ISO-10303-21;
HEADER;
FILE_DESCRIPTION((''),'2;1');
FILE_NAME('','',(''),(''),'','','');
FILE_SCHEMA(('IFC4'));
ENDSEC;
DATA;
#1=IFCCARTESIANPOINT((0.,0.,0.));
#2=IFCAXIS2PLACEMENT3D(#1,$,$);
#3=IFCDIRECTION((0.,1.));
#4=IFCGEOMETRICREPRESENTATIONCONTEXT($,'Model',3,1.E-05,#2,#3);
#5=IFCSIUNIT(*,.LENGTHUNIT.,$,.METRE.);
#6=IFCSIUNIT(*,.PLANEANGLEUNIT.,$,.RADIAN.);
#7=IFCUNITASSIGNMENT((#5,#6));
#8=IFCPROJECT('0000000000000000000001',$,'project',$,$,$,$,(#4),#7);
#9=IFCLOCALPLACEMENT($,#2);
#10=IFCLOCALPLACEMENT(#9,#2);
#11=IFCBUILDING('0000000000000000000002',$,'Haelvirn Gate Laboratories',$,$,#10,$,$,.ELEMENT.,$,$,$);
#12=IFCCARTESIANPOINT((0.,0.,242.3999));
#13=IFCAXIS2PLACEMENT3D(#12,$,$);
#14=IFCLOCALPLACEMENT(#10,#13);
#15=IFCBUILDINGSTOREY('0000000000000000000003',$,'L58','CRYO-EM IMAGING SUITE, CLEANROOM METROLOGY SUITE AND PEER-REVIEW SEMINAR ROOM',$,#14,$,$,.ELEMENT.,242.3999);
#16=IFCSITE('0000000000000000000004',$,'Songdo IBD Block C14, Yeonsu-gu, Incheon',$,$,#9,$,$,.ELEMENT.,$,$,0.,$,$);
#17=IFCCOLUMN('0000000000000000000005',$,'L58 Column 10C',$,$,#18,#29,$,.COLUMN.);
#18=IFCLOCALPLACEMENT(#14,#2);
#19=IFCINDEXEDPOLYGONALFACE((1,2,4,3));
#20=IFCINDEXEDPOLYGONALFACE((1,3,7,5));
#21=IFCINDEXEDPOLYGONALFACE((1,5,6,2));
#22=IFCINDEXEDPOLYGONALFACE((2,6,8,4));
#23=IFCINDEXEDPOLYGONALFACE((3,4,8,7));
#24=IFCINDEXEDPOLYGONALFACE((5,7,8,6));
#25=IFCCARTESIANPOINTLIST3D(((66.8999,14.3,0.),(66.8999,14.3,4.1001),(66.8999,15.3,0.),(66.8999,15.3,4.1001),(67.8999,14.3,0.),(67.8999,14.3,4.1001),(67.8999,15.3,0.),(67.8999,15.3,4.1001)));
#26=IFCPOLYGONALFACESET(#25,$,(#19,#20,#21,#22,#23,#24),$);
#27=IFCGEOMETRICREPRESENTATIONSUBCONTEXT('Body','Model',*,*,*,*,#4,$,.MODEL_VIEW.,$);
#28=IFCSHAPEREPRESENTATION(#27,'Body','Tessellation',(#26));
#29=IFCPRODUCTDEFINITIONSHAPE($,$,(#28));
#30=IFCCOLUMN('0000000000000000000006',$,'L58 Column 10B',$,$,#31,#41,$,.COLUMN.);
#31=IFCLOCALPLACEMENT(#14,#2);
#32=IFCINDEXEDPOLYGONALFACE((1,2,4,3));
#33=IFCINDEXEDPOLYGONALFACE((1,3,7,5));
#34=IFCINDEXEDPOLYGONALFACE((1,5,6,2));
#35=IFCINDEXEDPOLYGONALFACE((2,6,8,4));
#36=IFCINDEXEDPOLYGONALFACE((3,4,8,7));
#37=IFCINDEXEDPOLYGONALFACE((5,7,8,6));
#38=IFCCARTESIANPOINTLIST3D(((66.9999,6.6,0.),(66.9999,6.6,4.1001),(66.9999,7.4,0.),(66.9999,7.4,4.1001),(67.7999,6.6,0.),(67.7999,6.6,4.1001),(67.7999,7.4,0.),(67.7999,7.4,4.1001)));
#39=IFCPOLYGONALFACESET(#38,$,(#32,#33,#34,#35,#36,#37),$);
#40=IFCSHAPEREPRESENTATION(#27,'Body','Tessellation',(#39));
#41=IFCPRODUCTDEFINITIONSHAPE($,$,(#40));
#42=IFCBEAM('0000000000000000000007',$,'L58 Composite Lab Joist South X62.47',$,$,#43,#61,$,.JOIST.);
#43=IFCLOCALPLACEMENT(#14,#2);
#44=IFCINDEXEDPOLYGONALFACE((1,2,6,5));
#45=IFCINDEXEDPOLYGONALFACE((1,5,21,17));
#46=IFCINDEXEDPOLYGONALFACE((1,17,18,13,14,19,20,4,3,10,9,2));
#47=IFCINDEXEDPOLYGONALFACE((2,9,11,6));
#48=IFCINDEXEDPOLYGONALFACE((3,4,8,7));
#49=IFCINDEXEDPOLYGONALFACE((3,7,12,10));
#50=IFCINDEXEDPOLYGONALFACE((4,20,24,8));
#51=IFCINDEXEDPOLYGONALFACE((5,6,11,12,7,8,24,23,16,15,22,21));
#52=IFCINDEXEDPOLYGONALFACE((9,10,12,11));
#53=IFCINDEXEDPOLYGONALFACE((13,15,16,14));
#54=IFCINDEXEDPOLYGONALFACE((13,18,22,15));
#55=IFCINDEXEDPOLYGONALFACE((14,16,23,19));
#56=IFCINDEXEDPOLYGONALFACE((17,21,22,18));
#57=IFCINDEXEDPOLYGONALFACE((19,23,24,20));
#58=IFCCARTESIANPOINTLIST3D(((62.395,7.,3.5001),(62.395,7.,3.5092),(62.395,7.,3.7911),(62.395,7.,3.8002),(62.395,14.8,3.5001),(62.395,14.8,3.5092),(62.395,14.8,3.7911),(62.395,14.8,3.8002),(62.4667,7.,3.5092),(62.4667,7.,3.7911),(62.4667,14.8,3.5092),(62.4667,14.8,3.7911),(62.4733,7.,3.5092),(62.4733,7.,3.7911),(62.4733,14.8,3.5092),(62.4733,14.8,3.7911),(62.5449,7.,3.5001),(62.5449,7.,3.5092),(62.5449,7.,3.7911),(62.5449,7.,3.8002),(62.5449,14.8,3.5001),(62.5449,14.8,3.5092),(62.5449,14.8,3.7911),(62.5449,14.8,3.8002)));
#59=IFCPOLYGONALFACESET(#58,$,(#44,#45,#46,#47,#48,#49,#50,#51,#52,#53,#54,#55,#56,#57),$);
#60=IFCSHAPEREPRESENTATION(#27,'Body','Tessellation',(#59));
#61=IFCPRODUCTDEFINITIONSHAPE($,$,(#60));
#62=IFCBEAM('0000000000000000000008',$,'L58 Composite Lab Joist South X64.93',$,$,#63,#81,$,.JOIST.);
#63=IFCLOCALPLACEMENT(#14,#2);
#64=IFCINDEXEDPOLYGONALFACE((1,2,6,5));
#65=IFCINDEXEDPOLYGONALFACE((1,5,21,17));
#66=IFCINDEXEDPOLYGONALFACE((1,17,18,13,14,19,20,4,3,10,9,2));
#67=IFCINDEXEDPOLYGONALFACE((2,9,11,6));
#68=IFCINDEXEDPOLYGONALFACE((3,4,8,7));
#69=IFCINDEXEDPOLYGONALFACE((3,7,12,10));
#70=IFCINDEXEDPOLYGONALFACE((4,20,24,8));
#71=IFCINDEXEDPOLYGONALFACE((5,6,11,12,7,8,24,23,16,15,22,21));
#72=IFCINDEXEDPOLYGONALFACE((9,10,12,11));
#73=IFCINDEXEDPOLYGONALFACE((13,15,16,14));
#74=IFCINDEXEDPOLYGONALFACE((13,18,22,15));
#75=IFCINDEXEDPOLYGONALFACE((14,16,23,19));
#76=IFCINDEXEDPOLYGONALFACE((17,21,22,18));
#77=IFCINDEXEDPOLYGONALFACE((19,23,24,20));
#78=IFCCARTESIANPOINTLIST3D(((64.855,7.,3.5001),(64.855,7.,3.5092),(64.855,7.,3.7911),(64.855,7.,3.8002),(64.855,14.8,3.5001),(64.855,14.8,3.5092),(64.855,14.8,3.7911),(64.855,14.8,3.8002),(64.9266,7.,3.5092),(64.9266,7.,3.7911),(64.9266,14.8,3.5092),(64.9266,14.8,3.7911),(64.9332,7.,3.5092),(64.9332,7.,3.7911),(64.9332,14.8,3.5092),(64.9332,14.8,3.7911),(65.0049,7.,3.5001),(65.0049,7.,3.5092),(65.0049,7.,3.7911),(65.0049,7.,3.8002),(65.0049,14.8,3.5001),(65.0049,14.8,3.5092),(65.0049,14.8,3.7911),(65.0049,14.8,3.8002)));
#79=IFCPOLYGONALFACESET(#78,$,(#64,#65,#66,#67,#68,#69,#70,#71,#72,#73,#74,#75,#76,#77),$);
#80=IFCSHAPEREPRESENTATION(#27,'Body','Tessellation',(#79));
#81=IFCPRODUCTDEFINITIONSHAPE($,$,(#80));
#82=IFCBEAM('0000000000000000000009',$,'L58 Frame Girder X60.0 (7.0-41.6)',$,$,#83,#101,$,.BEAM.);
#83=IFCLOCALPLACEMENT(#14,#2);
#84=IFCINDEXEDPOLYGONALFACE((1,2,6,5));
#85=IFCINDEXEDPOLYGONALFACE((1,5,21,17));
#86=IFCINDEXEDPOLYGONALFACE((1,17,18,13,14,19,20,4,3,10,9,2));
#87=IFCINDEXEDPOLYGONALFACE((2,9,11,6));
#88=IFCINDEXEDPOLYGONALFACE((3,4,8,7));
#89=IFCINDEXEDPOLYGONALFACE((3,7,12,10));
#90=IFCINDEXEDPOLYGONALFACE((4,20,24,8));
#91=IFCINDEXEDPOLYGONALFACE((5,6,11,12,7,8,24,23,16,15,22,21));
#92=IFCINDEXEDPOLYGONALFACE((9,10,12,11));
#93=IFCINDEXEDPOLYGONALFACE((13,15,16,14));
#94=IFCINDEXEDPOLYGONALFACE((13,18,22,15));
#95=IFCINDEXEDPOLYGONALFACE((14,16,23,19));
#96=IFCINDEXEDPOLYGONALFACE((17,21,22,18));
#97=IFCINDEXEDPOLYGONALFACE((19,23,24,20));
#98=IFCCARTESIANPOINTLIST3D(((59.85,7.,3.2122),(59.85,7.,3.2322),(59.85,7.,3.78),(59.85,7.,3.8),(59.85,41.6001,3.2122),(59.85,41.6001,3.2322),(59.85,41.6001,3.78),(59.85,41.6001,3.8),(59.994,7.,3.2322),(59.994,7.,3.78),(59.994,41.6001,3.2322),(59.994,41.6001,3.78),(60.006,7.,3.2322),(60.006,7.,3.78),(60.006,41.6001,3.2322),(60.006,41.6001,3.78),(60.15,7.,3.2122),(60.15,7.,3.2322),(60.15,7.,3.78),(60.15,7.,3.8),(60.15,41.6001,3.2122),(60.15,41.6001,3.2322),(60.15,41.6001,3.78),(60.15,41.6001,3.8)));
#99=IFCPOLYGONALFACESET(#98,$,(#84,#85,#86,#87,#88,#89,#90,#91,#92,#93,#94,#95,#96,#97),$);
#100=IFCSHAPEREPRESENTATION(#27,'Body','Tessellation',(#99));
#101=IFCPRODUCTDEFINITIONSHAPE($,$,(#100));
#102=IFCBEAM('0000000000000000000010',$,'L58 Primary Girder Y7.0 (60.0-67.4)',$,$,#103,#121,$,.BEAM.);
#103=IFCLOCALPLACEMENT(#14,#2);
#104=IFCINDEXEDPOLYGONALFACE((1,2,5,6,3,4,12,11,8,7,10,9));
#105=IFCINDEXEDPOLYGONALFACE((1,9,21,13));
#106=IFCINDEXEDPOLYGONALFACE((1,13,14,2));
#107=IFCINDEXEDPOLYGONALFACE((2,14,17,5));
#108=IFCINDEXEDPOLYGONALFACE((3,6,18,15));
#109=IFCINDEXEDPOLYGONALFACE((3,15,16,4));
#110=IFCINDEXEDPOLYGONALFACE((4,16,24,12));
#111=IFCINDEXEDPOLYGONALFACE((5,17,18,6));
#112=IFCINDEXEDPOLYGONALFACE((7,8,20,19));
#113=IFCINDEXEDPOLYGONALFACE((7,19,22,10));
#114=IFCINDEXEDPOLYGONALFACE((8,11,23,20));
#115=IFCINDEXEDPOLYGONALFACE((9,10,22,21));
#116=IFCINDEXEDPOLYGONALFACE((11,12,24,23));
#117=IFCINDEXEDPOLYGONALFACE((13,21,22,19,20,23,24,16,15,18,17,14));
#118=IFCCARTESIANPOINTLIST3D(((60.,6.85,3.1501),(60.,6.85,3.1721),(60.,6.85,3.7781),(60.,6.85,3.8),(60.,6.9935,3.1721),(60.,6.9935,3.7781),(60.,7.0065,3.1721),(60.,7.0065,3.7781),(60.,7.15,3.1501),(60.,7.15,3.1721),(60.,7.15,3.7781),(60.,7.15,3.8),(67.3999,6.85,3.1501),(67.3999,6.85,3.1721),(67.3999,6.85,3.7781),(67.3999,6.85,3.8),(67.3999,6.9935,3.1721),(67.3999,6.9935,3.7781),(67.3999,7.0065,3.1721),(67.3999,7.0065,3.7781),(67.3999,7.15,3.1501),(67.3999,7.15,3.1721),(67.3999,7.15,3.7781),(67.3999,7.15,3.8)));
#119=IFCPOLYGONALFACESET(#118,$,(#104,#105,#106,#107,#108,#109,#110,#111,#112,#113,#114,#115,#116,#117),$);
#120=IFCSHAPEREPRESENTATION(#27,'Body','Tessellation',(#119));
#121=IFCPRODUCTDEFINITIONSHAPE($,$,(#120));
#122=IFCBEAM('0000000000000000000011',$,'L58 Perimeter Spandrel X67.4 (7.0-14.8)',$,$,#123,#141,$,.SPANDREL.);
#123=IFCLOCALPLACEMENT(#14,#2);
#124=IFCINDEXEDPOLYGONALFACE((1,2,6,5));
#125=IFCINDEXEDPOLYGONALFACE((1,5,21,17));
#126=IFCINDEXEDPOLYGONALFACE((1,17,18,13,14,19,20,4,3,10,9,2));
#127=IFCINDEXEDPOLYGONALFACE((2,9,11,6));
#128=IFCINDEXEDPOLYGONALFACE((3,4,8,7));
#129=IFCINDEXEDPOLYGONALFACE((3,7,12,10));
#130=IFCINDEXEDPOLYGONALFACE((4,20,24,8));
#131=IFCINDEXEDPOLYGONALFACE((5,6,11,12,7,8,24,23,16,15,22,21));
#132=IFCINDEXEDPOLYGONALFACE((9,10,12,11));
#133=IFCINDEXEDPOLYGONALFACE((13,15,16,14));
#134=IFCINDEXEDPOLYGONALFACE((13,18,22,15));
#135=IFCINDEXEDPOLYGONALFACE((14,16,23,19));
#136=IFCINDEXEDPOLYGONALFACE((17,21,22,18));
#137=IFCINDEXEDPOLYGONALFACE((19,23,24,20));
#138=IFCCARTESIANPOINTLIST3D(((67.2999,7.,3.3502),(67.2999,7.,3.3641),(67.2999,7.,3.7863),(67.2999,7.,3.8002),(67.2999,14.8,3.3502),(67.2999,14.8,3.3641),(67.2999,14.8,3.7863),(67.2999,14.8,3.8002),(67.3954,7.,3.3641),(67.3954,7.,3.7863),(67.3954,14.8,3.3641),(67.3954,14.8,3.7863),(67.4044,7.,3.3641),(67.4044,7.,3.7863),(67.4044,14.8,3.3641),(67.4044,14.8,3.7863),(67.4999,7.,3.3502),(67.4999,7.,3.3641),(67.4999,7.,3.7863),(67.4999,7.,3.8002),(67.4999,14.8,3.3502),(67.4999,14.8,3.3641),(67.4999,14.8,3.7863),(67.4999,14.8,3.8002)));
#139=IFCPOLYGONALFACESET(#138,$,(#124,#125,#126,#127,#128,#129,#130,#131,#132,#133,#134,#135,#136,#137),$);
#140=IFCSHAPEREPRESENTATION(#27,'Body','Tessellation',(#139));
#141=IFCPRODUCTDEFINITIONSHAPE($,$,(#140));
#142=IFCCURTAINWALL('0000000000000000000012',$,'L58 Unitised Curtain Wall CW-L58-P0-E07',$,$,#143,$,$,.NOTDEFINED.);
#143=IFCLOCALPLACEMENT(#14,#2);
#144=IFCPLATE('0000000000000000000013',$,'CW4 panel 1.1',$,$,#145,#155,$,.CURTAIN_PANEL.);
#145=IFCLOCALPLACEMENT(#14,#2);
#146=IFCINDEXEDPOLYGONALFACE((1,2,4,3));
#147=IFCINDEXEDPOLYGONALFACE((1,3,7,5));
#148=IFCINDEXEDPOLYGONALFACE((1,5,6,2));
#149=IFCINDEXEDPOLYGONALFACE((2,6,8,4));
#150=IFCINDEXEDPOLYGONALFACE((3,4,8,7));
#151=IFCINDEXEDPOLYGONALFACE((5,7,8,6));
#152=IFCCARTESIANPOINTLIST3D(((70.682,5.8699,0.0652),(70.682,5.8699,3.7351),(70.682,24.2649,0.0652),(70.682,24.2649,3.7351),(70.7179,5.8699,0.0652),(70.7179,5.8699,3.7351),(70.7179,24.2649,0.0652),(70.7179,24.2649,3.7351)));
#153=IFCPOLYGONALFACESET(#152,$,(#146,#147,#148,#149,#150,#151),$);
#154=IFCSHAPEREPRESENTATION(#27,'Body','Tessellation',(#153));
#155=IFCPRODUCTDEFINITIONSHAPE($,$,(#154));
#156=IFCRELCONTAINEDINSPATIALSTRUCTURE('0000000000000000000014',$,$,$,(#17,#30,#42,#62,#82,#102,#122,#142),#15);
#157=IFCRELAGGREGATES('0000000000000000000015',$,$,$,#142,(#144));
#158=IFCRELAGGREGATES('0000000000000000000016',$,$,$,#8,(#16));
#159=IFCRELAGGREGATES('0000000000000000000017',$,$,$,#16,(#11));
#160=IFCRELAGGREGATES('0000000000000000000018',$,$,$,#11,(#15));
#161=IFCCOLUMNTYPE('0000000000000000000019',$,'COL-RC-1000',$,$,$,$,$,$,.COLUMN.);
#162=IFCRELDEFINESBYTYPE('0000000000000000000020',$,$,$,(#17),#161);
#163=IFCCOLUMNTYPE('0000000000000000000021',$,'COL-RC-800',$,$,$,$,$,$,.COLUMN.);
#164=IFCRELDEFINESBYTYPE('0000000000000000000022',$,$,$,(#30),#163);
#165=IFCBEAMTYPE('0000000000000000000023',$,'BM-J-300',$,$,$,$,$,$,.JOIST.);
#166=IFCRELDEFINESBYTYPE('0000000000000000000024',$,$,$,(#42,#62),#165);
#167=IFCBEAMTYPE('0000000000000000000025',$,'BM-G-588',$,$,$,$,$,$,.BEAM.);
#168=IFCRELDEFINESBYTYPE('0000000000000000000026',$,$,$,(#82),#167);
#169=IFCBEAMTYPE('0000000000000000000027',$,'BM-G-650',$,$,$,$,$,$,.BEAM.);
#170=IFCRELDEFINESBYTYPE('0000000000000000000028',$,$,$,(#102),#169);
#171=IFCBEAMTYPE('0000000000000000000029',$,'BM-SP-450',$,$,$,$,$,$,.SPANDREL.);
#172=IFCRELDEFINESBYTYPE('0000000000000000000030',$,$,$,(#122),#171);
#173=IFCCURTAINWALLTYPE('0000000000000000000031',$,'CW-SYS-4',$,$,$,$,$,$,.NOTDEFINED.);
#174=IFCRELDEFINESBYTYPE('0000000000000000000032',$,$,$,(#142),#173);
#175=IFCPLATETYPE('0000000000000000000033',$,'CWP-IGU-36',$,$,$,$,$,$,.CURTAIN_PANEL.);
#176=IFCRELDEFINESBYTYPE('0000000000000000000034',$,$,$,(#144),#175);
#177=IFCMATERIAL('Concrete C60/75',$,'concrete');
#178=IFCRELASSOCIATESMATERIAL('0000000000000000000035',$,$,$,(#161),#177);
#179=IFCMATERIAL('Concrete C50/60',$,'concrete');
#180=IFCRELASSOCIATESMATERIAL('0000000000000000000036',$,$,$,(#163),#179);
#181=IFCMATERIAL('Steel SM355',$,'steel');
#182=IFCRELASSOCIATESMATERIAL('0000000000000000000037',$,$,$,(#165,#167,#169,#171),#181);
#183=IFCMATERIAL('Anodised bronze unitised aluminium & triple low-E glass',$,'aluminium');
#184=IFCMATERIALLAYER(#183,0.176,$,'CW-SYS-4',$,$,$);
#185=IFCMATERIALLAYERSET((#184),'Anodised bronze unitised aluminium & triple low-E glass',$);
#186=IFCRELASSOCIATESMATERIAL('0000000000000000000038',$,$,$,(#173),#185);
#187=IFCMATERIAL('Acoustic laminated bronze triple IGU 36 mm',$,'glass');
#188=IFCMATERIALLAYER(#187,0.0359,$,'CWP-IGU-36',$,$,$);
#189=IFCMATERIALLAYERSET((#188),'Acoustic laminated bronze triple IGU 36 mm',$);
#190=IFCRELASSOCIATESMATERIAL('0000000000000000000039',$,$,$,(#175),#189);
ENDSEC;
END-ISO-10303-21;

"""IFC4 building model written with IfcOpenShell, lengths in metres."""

from ifc_helpers import new_model, si_unit, direction, frame, origin, origin_2d, place, context, subcontext, project, spatial, rectangle, i_section, extrude, source, transform, mapped, material, layer, layer_set, material_profile, profile_set, type_object, type_shapes, element, aggregate, save


model = new_model("IFC4")

# Units and contexts
model_context = context("Model", 3, precision=1e-05, world=origin(), true_north=direction((0.0, 1.0)))
body_context = subcontext(model_context, "Body", "Model", "MODEL_VIEW")
ifc_project = project(units=[si_unit("LENGTHUNIT", "METRE"), si_unit("PLANEANGLEUNIT", "RADIAN")], contexts=[model_context])

# Site, building, storey
site_placement = place(None, origin())
site = spatial("IfcSite", under=ifc_project, at=site_placement, Name="Songdo IBD Block C14, Yeonsu-gu, Incheon", CompositionType="ELEMENT", RefElevation=0.0)
building_placement = place(site_placement, origin())
building = spatial("IfcBuilding", under=site, at=building_placement, Name="Haelvirn Gate Laboratories", CompositionType="ELEMENT")
storey_placement = place(building_placement, frame((0.0, 0.0, 242.3999)))
storey = spatial("IfcBuildingStorey", under=building, at=storey_placement, Name="L58", Description="CRYO-EM IMAGING SUITE, CLEANROOM METROLOGY SUITE AND PEER-REVIEW SEMINAR ROOM", CompositionType="ELEMENT", Elevation=242.3999)

# Columns
ifc_material_1 = material(Name="Concrete C60/75", Category="concrete")
ifc_material_profile_1 = material_profile(ifc_material_1, rectangle(XDim=1.0, YDim=1.0, at=origin_2d()), Name="RC-1000x1000")
ifc_profile_set_1 = profile_set([ifc_material_profile_1], Name="Concrete C60/75")
column_type_1 = type_object("IfcColumnType", Name="COL-RC-1000", PredefinedType="COLUMN", material=ifc_profile_set_1)
shared_shape_1 = source(origin(), body_context, "Body", "SweptSolid", [
    extrude(rectangle(XDim=1.0, YDim=1.0, at=origin_2d()), origin(), (0.0, 0.0, 1.0), 4.1001),
])
type_shapes(column_type_1, [shared_shape_1])
column_1_placement = place(storey_placement, frame((67.3999, 14.8, 0.0), z_axis=(0.0, 0.0, 1.0), x_axis=(1.0, 0.0, 0.0)))
element("IfcColumn", 1, at=column_1_placement, inside=storey, type_object=column_type_1, Name="L58 Column 10C", PredefinedType="COLUMN", context=body_context, shape_type="MappedRepresentation", body=[
    mapped(shared_shape_1, transform((0.0, 0.0, 0.0), scale=1.0)),
])
ifc_material_2 = material(Name="Concrete C50/60", Category="concrete")
ifc_material_profile_2 = material_profile(ifc_material_2, rectangle(XDim=0.8, YDim=0.8, at=origin_2d()), Name="RC-800x800")
ifc_profile_set_2 = profile_set([ifc_material_profile_2], Name="Concrete C50/60")
column_type_2 = type_object("IfcColumnType", Name="COL-RC-800", PredefinedType="COLUMN", material=ifc_profile_set_2)
shared_shape_2 = source(origin(), body_context, "Body", "SweptSolid", [
    extrude(rectangle(XDim=0.8, YDim=0.8, at=origin_2d()), origin(), (0.0, 0.0, 1.0), 4.1001),
])
type_shapes(column_type_2, [shared_shape_2])
column_2_placement = place(storey_placement, frame((67.3999, 7.0, 0.0), z_axis=(0.0, 0.0, 1.0), x_axis=(1.0, 0.0, 0.0)))
element("IfcColumn", 2, at=column_2_placement, inside=storey, type_object=column_type_2, Name="L58 Column 10B", PredefinedType="COLUMN", context=body_context, shape_type="MappedRepresentation", body=[
    mapped(shared_shape_2, transform((0.0, 0.0, 0.0), scale=1.0)),
])

# Beams
ifc_material_3 = material(Name="Steel SM355", Category="steel")
ifc_material_profile_3 = material_profile(ifc_material_3, i_section(OverallWidth=0.1499, OverallDepth=0.3, WebThickness=0.0066, FlangeThickness=0.009, at=origin_2d()), Name="H-300x150x6.5x9")
ifc_profile_set_3 = profile_set([ifc_material_profile_3], Name="Steel SM355")
beam_type_1 = type_object("IfcBeamType", Name="BM-J-300", PredefinedType="JOIST", material=ifc_profile_set_3)
shared_shape_3 = source(origin(), body_context, "Body", "SweptSolid", [
    extrude(i_section(OverallWidth=0.1499, OverallDepth=0.3, WebThickness=0.0066, FlangeThickness=0.009, at=origin_2d()), origin(), (0.0, 0.0, 1.0), 7.8),
])
type_shapes(beam_type_1, [shared_shape_3])
for number, where, z_axis, x_axis, name in (
    (3, (62.47, 7.0, 3.6501), (0.0, 1.0, 0.0), (-1.0, 0.0, 0.0), "L58 Composite Lab Joist South X62.47"),
    (4, (64.9299, 7.0, 3.6501), (0.0, 1.0, 0.0), (-1.0, 0.0, 0.0), "L58 Composite Lab Joist South X64.93"),
):
    element("IfcBeam", number, at=place(storey_placement, frame(where, z_axis=z_axis, x_axis=x_axis)), inside=storey, type_object=beam_type_1, Name=name, PredefinedType="JOIST", context=body_context, shape_type="MappedRepresentation", body=[
        mapped(shared_shape_3, transform((0.0, 0.0, 0.0), scale=1.0)),
    ])
ifc_material_profile_4 = material_profile(ifc_material_3, i_section(OverallWidth=0.3, OverallDepth=0.5879, WebThickness=0.012, FlangeThickness=0.02, at=origin_2d()), Name="H-588x300x12x20")
ifc_profile_set_4 = profile_set([ifc_material_profile_4], Name="Steel SM355")
beam_type_2 = type_object("IfcBeamType", Name="BM-G-588", PredefinedType="BEAM", material=ifc_profile_set_4)
shared_shape_4 = source(origin(), body_context, "Body", "SweptSolid", [
    extrude(i_section(OverallWidth=0.3, OverallDepth=0.5879, WebThickness=0.012, FlangeThickness=0.02, at=origin_2d()), origin(), (0.0, 0.0, 1.0), 34.6001),
])
type_shapes(beam_type_2, [shared_shape_4])
beam_1_placement = place(storey_placement, frame((60.0, 7.0, 3.5061), z_axis=(0.0, 1.0, 0.0), x_axis=(-1.0, 0.0, 0.0)))
element("IfcBeam", 5, at=beam_1_placement, inside=storey, type_object=beam_type_2, Name="L58 Frame Girder X60.0 (7.0-41.6)", PredefinedType="BEAM", context=body_context, shape_type="MappedRepresentation", body=[
    mapped(shared_shape_4, transform((0.0, 0.0, 0.0), scale=1.0)),
])
ifc_material_profile_5 = material_profile(ifc_material_3, i_section(OverallWidth=0.3, OverallDepth=0.6499, WebThickness=0.0129, FlangeThickness=0.022, at=origin_2d()), Name="H-650x300x13x22")
ifc_profile_set_5 = profile_set([ifc_material_profile_5], Name="Steel SM355")
beam_type_3 = type_object("IfcBeamType", Name="BM-G-650", PredefinedType="BEAM", material=ifc_profile_set_5)
shared_shape_5 = source(origin(), body_context, "Body", "SweptSolid", [
    extrude(i_section(OverallWidth=0.3, OverallDepth=0.6499, WebThickness=0.0129, FlangeThickness=0.022, at=origin_2d()), origin(), (0.0, 0.0, 1.0), 7.3999),
])
type_shapes(beam_type_3, [shared_shape_5])
beam_2_placement = place(storey_placement, frame((60.0, 7.0, 3.4751), z_axis=(1.0, 0.0, 0.0), x_axis=(0.0, 1.0, 0.0)))
element("IfcBeam", 6, at=beam_2_placement, inside=storey, type_object=beam_type_3, Name="L58 Primary Girder Y7.0 (60.0-67.4)", PredefinedType="BEAM", context=body_context, shape_type="MappedRepresentation", body=[
    mapped(shared_shape_5, transform((0.0, 0.0, 0.0), scale=1.0)),
])
ifc_material_profile_6 = material_profile(ifc_material_3, i_section(OverallWidth=0.2, OverallDepth=0.45, WebThickness=0.009, FlangeThickness=0.0139, at=origin_2d()), Name="H-450x200x9x14")
ifc_profile_set_6 = profile_set([ifc_material_profile_6], Name="Steel SM355")
beam_type_4 = type_object("IfcBeamType", Name="BM-SP-450", PredefinedType="SPANDREL", material=ifc_profile_set_6)
shared_shape_6 = source(origin(), body_context, "Body", "SweptSolid", [
    extrude(i_section(OverallWidth=0.2, OverallDepth=0.45, WebThickness=0.009, FlangeThickness=0.0139, at=origin_2d()), origin(), (0.0, 0.0, 1.0), 7.8),
])
type_shapes(beam_type_4, [shared_shape_6])
beam_3_placement = place(storey_placement, frame((67.3999, 7.0, 3.5752), z_axis=(0.0, 1.0, 0.0), x_axis=(-1.0, 0.0, 0.0)))
element("IfcBeam", 7, at=beam_3_placement, inside=storey, type_object=beam_type_4, Name="L58 Perimeter Spandrel X67.4 (7.0-14.8)", PredefinedType="SPANDREL", context=body_context, shape_type="MappedRepresentation", body=[
    mapped(shared_shape_6, transform((0.0, 0.0, 0.0), scale=1.0)),
])

# Curtain wall, plate
ifc_material_4 = material(Name="Anodised bronze unitised aluminium & triple low-E glass", Category="aluminium")
ifc_layer_1 = layer(ifc_material_4, 0.176, Name="CW-SYS-4")
ifc_layer_set_1 = layer_set([ifc_layer_1], Name="Anodised bronze unitised aluminium & triple low-E glass")
curtain_wall_type = type_object("IfcCurtainWallType", Name="CW-SYS-4", PredefinedType="NOTDEFINED", material=ifc_layer_set_1)
curtain_wall_placement = place(storey_placement, origin())
curtain_wall = element("IfcCurtainWall", 8, at=curtain_wall_placement, inside=storey, type_object=curtain_wall_type, Name="L58 Unitised Curtain Wall CW-L58-P0-E07", PredefinedType="NOTDEFINED")
ifc_material_5 = material(Name="Acoustic laminated bronze triple IGU 36 mm", Category="glass")
ifc_layer_2 = layer(ifc_material_5, 0.0359, Name="CWP-IGU-36")
ifc_layer_set_2 = layer_set([ifc_layer_2], Name="Acoustic laminated bronze triple IGU 36 mm")
plate_type = type_object("IfcPlateType", Name="CWP-IGU-36", PredefinedType="CURTAIN_PANEL", material=ifc_layer_set_2)
shared_shape_7 = source(origin(), body_context, "Body", "SweptSolid", [
    extrude(rectangle(XDim=18.395, YDim=0.0359, at=origin_2d()), origin(), (0.0, 0.0, 1.0), 3.6699),
])
type_shapes(plate_type, [shared_shape_7])
plate_placement = place(storey_placement, frame((70.7, 15.0674, 0.0652), z_axis=(0.0, 0.0, 1.0), x_axis=(0.0, 1.0, 0.0)))
plate = element("IfcPlate", 9, at=plate_placement, type_object=plate_type, Name="CW4 panel 1.1", PredefinedType="CURTAIN_PANEL", context=body_context, shape_type="MappedRepresentation", body=[
    mapped(shared_shape_7, transform((0.0, 0.0, 0.0), scale=1.0)),
])
aggregate(curtain_wall, [plate])

save(model, "model.ifc")
